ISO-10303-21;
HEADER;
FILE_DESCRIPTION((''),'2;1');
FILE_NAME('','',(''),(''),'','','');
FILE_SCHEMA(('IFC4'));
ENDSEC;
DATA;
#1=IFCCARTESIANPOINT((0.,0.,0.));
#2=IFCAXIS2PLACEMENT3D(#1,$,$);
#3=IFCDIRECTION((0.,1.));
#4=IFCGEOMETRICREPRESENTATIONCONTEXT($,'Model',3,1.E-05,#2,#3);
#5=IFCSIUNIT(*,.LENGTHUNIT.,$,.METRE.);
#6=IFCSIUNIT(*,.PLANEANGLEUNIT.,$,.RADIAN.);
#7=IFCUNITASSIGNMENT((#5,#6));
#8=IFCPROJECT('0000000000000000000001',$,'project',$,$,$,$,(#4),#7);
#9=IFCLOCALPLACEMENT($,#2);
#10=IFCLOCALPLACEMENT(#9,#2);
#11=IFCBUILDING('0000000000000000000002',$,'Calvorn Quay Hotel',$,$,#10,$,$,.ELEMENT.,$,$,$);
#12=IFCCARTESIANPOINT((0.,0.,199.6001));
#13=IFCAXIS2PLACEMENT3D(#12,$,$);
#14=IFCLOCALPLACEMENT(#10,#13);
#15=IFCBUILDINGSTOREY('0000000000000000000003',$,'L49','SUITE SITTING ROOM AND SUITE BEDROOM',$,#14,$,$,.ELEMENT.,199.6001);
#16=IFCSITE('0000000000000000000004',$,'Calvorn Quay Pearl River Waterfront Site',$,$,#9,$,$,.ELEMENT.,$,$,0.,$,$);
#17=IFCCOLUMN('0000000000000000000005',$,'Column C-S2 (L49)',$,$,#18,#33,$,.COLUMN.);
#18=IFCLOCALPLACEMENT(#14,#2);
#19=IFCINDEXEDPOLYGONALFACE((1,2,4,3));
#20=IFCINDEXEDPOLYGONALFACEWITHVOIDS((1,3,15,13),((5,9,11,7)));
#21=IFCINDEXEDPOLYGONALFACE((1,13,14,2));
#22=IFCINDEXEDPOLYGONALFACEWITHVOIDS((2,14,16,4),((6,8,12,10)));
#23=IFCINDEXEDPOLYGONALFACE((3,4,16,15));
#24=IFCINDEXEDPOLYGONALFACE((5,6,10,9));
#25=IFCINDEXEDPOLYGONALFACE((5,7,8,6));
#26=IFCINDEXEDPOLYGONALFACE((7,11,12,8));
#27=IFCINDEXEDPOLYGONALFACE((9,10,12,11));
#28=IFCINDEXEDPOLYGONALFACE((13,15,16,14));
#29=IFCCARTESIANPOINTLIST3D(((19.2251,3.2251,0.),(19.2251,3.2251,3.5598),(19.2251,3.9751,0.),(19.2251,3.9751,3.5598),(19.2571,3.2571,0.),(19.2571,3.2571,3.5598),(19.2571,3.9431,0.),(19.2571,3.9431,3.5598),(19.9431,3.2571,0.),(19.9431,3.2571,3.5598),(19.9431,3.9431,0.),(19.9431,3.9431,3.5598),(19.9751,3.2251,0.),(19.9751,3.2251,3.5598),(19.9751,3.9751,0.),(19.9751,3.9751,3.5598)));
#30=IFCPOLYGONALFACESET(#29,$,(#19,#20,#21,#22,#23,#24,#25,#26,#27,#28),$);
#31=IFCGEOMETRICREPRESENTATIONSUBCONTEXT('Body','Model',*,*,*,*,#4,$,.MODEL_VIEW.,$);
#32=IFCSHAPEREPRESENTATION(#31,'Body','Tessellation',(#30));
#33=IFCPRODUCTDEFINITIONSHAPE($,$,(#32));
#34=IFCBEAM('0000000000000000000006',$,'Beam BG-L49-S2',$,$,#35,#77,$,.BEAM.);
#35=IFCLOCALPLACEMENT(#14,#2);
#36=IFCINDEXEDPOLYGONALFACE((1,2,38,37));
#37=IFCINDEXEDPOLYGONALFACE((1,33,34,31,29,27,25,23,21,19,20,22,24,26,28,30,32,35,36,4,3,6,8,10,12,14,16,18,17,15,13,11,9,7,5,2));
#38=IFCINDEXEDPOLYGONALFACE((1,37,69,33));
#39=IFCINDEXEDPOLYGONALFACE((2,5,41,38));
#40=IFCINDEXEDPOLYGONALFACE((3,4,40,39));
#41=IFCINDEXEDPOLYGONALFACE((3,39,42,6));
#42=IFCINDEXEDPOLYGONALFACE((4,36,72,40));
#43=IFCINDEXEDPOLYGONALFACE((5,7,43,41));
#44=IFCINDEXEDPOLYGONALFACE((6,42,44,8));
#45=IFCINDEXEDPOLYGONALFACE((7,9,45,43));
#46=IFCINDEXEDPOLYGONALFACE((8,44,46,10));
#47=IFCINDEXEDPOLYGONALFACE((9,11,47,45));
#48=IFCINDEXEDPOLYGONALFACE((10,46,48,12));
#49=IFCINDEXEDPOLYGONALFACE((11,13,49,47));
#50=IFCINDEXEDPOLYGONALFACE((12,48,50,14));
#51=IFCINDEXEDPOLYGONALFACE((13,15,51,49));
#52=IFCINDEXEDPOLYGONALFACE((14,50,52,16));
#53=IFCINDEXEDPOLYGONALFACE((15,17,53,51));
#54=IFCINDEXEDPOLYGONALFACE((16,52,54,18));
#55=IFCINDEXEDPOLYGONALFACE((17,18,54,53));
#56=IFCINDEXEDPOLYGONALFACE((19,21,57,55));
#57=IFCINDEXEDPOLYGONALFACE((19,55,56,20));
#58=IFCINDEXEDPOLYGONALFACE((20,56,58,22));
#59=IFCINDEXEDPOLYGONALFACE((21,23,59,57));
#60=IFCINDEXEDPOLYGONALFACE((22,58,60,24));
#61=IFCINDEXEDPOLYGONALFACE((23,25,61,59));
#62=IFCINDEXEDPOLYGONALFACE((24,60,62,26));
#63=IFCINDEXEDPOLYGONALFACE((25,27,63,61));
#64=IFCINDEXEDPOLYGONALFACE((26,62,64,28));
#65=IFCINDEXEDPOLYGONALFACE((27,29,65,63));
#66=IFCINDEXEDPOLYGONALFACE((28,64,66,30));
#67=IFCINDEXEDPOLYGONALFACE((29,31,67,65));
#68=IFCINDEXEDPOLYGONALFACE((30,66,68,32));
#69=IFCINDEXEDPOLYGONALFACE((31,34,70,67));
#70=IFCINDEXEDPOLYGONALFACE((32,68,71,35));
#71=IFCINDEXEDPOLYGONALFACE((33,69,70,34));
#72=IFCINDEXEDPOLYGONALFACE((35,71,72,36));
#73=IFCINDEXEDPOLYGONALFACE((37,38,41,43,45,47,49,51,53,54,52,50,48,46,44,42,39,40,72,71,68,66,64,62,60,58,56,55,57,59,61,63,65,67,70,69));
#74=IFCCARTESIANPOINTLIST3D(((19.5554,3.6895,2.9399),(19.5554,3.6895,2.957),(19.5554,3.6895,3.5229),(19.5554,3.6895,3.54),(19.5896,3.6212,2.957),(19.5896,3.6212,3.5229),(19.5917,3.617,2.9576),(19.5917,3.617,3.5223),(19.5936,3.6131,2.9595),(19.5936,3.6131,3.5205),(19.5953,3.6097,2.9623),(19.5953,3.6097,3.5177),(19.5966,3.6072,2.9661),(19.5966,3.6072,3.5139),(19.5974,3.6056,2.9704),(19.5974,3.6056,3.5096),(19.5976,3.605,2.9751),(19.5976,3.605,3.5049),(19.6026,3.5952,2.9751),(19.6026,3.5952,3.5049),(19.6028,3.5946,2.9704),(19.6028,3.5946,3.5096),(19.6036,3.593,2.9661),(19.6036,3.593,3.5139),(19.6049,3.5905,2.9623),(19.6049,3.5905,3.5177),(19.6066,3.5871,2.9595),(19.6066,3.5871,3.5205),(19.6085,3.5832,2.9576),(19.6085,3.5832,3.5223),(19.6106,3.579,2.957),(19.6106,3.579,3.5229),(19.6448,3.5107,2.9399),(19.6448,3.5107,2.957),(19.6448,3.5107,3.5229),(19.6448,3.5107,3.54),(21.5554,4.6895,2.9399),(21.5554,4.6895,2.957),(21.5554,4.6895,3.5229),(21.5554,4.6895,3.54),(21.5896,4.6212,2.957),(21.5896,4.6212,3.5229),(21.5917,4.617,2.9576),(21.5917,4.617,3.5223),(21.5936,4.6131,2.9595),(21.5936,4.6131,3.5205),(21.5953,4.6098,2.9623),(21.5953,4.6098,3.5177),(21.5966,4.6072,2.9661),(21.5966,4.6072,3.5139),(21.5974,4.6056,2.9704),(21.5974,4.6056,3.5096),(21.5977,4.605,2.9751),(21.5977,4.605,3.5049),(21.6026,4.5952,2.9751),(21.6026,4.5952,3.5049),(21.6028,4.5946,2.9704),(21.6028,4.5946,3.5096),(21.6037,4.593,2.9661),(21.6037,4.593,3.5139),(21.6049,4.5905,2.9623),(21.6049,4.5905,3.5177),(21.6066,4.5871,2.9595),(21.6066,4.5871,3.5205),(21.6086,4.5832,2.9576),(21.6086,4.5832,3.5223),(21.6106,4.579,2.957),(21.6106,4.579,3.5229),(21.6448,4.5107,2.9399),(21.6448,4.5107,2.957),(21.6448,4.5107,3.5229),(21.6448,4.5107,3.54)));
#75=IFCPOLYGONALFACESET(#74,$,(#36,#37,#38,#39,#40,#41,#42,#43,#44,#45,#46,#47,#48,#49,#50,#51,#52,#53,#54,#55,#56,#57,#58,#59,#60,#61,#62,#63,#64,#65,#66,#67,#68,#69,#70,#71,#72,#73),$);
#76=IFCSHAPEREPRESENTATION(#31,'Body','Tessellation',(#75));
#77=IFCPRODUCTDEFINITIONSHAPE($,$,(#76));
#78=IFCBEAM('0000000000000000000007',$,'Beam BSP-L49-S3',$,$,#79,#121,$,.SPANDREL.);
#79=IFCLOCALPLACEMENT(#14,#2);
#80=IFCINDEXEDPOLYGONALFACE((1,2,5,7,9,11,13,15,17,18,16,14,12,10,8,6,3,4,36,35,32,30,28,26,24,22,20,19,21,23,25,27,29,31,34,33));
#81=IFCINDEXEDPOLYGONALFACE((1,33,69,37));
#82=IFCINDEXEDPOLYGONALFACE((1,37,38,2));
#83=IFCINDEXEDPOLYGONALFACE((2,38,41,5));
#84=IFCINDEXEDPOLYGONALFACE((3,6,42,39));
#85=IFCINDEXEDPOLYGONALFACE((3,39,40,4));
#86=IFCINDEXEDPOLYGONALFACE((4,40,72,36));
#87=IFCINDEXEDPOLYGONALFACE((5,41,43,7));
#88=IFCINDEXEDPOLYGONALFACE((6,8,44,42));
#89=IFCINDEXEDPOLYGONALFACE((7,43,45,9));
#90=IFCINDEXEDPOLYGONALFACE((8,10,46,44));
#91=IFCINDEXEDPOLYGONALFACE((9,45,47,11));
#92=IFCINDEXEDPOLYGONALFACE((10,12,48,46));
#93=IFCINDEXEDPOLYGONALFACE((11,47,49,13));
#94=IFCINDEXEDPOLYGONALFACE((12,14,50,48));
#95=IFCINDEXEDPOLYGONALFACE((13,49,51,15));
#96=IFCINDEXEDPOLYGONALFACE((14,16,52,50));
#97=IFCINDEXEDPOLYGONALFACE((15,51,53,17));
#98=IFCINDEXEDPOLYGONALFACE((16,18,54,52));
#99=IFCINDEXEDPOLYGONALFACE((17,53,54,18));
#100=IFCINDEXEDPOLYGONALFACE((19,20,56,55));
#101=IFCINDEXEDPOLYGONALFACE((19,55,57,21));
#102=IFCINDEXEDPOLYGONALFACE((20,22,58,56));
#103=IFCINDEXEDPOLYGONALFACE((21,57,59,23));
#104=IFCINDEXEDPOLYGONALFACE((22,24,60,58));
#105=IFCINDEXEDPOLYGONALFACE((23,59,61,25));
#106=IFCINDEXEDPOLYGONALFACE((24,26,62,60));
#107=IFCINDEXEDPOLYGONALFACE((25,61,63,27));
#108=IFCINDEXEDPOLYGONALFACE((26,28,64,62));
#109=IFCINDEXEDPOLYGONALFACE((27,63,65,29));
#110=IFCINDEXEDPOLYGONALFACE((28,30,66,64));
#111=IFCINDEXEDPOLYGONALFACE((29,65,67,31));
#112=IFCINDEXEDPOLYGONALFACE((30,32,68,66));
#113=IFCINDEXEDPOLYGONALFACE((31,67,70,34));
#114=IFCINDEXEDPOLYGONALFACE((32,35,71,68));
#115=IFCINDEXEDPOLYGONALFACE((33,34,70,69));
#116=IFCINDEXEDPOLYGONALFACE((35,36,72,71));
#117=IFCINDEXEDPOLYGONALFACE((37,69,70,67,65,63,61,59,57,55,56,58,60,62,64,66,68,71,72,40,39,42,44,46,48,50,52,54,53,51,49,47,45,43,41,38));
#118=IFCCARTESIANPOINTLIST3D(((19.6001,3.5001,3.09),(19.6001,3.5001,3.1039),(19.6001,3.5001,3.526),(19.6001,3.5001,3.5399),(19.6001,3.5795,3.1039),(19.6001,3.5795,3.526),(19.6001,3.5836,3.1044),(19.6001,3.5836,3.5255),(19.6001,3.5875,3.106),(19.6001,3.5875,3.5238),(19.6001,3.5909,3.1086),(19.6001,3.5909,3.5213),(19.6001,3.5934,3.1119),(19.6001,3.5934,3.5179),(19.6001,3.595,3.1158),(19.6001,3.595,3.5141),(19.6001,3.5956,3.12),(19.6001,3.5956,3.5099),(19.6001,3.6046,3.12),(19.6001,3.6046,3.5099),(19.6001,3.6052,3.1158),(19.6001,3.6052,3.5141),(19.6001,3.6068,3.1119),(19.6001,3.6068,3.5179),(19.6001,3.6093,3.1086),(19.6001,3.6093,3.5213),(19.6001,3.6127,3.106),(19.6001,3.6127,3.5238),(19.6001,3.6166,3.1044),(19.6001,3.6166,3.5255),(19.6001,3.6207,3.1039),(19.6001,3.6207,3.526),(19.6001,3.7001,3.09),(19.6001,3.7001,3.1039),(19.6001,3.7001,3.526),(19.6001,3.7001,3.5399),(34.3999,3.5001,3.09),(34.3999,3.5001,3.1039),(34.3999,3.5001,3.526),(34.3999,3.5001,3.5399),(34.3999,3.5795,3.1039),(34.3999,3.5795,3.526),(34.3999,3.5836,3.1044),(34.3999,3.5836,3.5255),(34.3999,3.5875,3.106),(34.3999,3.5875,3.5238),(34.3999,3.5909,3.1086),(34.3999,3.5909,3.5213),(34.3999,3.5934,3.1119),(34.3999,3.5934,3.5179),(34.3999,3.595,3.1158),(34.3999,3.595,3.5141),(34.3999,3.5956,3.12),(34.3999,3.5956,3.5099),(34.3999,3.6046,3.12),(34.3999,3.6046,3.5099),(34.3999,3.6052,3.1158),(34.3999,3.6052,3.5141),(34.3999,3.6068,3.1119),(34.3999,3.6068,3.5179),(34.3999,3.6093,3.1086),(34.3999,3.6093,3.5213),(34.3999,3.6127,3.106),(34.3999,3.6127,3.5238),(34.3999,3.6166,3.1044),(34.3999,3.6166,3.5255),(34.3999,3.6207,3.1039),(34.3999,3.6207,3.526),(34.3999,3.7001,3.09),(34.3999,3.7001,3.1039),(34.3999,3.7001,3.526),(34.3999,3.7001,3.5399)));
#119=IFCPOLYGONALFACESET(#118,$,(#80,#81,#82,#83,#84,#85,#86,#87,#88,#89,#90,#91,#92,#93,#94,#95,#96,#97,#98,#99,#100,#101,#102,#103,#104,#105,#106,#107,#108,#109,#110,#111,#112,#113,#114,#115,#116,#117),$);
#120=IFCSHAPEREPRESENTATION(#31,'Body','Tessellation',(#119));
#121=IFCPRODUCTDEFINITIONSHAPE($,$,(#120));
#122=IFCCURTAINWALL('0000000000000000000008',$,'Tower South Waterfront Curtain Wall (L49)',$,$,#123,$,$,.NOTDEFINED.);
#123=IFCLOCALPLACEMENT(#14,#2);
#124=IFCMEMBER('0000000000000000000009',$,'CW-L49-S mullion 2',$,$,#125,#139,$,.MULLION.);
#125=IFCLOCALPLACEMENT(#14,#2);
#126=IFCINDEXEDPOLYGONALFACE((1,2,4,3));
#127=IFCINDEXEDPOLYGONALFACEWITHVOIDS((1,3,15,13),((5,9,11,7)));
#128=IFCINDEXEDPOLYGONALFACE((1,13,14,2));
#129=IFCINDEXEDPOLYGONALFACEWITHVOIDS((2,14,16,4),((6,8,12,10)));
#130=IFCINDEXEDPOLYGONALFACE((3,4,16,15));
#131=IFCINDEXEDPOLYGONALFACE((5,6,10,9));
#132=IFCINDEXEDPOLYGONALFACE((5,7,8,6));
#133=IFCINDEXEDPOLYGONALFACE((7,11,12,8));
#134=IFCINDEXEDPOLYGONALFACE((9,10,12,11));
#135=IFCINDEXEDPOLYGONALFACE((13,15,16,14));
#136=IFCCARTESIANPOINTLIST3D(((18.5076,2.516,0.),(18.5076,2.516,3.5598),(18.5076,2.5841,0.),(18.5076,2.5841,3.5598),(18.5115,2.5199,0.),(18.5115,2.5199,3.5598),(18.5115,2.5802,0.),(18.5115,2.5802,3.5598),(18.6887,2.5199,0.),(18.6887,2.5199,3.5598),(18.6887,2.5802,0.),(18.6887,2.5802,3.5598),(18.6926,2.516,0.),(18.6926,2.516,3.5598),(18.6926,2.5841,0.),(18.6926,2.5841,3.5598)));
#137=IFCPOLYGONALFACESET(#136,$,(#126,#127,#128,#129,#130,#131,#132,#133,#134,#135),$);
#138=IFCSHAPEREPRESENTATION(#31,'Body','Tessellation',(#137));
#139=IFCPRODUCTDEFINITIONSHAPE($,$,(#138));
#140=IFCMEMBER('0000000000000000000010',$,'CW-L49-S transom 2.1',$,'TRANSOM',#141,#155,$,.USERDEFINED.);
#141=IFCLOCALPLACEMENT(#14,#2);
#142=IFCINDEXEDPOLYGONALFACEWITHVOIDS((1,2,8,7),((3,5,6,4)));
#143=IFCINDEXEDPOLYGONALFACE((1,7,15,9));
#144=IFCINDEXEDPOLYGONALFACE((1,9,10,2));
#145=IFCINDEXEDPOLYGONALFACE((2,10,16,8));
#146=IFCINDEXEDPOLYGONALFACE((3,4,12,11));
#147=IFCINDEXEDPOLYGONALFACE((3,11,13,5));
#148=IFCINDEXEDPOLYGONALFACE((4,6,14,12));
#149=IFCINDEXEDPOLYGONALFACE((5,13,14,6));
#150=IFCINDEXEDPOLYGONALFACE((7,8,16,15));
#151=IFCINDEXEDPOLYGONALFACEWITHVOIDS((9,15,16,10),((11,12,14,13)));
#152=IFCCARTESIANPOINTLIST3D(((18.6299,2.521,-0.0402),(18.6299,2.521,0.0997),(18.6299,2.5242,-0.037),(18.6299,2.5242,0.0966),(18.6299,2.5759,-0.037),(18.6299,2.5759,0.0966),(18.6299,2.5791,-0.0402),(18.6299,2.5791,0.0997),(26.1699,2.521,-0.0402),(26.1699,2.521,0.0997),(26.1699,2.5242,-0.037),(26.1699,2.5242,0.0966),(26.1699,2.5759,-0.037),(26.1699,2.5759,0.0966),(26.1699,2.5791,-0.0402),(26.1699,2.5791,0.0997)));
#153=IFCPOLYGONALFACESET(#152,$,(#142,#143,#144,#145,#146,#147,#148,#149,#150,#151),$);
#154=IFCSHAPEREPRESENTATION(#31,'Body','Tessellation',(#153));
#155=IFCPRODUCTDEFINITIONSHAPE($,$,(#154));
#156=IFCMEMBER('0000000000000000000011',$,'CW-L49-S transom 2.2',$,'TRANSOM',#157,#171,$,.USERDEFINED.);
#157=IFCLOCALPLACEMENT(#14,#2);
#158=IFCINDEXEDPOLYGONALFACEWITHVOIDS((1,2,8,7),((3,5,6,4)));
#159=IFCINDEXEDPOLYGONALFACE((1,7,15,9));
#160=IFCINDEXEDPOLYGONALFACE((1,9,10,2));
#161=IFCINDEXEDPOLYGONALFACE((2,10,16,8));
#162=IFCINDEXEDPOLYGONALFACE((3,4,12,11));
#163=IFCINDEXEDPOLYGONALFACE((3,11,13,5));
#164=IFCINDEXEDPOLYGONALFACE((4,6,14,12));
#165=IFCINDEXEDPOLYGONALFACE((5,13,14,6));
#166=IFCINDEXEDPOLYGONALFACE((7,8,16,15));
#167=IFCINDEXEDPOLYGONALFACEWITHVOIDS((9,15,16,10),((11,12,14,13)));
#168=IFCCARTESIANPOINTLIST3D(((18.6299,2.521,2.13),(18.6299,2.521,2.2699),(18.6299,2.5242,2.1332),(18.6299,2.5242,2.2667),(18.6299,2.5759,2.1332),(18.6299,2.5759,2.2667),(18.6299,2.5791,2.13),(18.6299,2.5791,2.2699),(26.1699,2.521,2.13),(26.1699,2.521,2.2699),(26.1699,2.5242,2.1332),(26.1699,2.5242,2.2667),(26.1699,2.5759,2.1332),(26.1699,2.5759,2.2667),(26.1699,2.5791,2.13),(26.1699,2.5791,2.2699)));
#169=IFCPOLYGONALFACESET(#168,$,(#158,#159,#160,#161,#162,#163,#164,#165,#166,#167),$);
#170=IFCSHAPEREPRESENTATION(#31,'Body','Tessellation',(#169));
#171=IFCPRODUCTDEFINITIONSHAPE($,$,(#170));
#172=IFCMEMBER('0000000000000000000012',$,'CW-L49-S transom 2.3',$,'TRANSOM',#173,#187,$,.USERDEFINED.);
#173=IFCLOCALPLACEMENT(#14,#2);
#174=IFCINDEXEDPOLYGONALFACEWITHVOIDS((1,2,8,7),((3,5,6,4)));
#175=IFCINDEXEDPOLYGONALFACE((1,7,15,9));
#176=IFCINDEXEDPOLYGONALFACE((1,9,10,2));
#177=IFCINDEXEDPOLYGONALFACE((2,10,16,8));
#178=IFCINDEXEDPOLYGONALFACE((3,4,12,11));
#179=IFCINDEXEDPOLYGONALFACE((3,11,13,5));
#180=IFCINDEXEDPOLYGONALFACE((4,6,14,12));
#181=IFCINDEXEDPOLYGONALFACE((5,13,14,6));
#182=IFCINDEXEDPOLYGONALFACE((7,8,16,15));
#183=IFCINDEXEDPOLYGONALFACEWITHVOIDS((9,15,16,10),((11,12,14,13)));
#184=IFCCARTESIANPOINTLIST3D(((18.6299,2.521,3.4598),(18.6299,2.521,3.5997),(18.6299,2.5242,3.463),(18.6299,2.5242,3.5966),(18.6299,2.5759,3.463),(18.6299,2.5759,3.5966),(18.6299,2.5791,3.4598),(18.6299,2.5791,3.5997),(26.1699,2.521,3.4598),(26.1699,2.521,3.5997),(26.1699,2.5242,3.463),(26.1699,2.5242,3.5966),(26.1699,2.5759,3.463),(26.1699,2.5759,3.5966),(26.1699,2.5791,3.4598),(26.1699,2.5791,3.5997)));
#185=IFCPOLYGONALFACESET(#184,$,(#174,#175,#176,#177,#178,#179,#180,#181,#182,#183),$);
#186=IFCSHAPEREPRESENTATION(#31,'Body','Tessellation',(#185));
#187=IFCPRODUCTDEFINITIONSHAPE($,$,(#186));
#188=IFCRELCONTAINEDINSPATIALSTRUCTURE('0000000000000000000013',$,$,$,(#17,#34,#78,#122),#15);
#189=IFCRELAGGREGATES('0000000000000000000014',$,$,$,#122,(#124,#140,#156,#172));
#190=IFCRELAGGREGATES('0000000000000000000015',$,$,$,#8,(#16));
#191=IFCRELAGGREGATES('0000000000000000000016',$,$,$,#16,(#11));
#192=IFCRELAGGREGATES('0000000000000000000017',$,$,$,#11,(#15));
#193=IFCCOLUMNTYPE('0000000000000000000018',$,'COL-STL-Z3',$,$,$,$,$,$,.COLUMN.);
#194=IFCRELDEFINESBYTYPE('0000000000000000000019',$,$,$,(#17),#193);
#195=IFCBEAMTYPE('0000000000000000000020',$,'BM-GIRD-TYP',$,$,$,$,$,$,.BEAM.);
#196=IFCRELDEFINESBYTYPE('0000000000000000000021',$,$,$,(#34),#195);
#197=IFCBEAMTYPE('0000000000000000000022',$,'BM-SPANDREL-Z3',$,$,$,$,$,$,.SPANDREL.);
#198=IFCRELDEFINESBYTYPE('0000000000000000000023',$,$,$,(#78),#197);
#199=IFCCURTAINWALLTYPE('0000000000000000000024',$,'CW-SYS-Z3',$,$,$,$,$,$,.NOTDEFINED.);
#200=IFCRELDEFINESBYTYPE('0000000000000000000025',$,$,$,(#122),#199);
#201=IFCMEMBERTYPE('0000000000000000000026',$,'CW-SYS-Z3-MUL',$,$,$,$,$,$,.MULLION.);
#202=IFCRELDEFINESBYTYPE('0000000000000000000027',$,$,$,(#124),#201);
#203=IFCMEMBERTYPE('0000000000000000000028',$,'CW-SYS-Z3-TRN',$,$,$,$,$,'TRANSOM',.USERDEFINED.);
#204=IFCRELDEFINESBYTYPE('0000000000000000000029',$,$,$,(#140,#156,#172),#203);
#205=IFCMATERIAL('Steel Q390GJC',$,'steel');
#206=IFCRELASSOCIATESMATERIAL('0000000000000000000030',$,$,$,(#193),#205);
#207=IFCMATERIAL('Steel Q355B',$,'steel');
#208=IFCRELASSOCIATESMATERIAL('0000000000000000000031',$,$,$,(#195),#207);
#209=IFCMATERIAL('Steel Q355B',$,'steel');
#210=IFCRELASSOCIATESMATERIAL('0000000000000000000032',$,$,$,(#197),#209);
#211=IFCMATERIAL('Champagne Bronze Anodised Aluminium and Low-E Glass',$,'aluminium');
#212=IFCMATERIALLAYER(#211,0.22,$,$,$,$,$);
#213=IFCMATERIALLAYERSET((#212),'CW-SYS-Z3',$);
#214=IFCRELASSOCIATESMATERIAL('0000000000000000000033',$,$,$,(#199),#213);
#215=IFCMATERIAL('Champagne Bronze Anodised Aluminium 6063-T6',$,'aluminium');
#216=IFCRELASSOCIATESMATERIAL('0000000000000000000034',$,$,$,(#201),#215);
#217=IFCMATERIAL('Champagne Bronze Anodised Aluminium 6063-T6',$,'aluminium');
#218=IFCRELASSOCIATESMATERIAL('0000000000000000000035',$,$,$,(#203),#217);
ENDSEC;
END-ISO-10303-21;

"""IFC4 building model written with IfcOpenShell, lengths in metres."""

from ifc_helpers import new_model, si_unit, direction, frame, origin, origin_2d, place, context, subcontext, project, spatial, hollow_rectangle, i_section, extrude, material, layer, layer_set, material_profile, profile_set, type_object, element, aggregate, save


model = new_model("IFC4")

# Units and contexts
model_context = context("Model", 3, precision=1e-05, world=origin(), true_north=direction((0.0, 1.0)))
body_context = subcontext(model_context, "Body", "Model", "MODEL_VIEW")
ifc_project = project(units=[si_unit("LENGTHUNIT", "METRE"), si_unit("PLANEANGLEUNIT", "RADIAN")], contexts=[model_context])

# Site, building, storey
site_placement = place(None, origin())
site = spatial("IfcSite", under=ifc_project, at=site_placement, Name="Calvorn Quay Pearl River Waterfront Site", CompositionType="ELEMENT", RefElevation=0.0)
building_placement = place(site_placement, origin())
building = spatial("IfcBuilding", under=site, at=building_placement, Name="Calvorn Quay Hotel", CompositionType="ELEMENT")
storey_placement = place(building_placement, frame((0.0, 0.0, 199.6001)))
storey = spatial("IfcBuildingStorey", under=building, at=storey_placement, Name="L49", Description="SUITE SITTING ROOM AND SUITE BEDROOM", CompositionType="ELEMENT", Elevation=199.6001)

# Column
ifc_material_1 = material(Name="Steel Q390GJC", Category="steel")
ifc_material_profile_1 = material_profile(ifc_material_1, hollow_rectangle(XDim=0.75, YDim=0.75, WallThickness=0.032, at=origin_2d()), Name="BOX750x750x32")
ifc_profile_set_1 = profile_set([ifc_material_profile_1], Name="Steel Q390GJC")
column_type = type_object("IfcColumnType", Name="COL-STL-Z3", PredefinedType="COLUMN", material=ifc_profile_set_1)
column_placement = place(storey_placement, frame((19.6001, 3.6001, 0.0), z_axis=(0.0, 0.0, 1.0), x_axis=(1.0, 0.0, 0.0)))
element("IfcColumn", 1, at=column_placement, inside=storey, type_object=column_type, Name="Column C-S2 (L49)", PredefinedType="COLUMN", context=body_context, shape_type="SweptSolid", body=[
    extrude(hollow_rectangle(XDim=0.75, YDim=0.75, WallThickness=0.032, at=origin_2d()), origin(), (0.0, 0.0, 1.0), 3.5598),
])

# Beams
ifc_material_2 = material(Name="Steel Q355B", Category="steel")
ifc_material_profile_2 = material_profile(ifc_material_2, i_section(OverallWidth=0.2, OverallDepth=0.6001, WebThickness=0.011, FlangeThickness=0.0171, FilletRadius=0.0181, at=origin_2d()), Name="HN600x200x11x17")
ifc_profile_set_2 = profile_set([ifc_material_profile_2], Name="Steel Q355B")
beam_type_1 = type_object("IfcBeamType", Name="BM-GIRD-TYP", PredefinedType="BEAM", material=ifc_profile_set_2)
beam_1_placement = place(storey_placement, frame((19.6001, 3.6001, 3.24), z_axis=(0.894427, 0.447214, 0.0), x_axis=(-0.447214, 0.894427, 0.0)))
element("IfcBeam", 2, at=beam_1_placement, inside=storey, type_object=beam_type_1, Name="Beam BG-L49-S2", PredefinedType="BEAM", context=body_context, shape_type="SweptSolid", body=[
    extrude(i_section(OverallWidth=0.2, OverallDepth=0.6001, WebThickness=0.011, FlangeThickness=0.0171, FilletRadius=0.0181, at=origin_2d()), origin(), (0.0, 0.0, 1.0), 2.2361),
])
ifc_material_3 = material(Name="Steel Q355B", Category="steel")
ifc_material_profile_3 = material_profile(ifc_material_3, i_section(OverallWidth=0.2, OverallDepth=0.45, WebThickness=0.009, FlangeThickness=0.0139, FilletRadius=0.0161, at=origin_2d()), Name="HN450x200x9x14")
ifc_profile_set_3 = profile_set([ifc_material_profile_3], Name="Steel Q355B")
beam_type_2 = type_object("IfcBeamType", Name="BM-SPANDREL-Z3", PredefinedType="SPANDREL", material=ifc_profile_set_3)
beam_2_placement = place(storey_placement, frame((19.6001, 3.6001, 3.3149), z_axis=(1.0, 0.0, 0.0), x_axis=(0.0, 1.0, 0.0)))
element("IfcBeam", 3, at=beam_2_placement, inside=storey, type_object=beam_type_2, Name="Beam BSP-L49-S3", PredefinedType="SPANDREL", context=body_context, shape_type="SweptSolid", body=[
    extrude(i_section(OverallWidth=0.2, OverallDepth=0.45, WebThickness=0.009, FlangeThickness=0.0139, FilletRadius=0.0161, at=origin_2d()), origin(), (0.0, 0.0, 1.0), 14.7998),
])

# Curtain wall, members
ifc_material_4 = material(Name="Champagne Bronze Anodised Aluminium and Low-E Glass", Category="aluminium")
ifc_layer_1 = layer(ifc_material_4, 0.22)
ifc_layer_set_1 = layer_set([ifc_layer_1], Name="CW-SYS-Z3")
curtain_wall_type = type_object("IfcCurtainWallType", Name="CW-SYS-Z3", PredefinedType="NOTDEFINED", material=ifc_layer_set_1)
curtain_wall_placement = place(storey_placement, origin())
curtain_wall = element("IfcCurtainWall", 4, at=curtain_wall_placement, inside=storey, type_object=curtain_wall_type, Name="Tower South Waterfront Curtain Wall (L49)", PredefinedType="NOTDEFINED")
ifc_material_5 = material(Name="Champagne Bronze Anodised Aluminium 6063-T6", Category="aluminium")
ifc_material_profile_4 = material_profile(ifc_material_5, hollow_rectangle(XDim=0.0681, YDim=0.1851, WallThickness=0.0039, at=origin_2d()), Name="ALU-M185x68x4")
ifc_profile_set_4 = profile_set([ifc_material_profile_4], Name="Champagne Bronze Anodised Aluminium 6063-T6")
member_type_1 = type_object("IfcMemberType", Name="CW-SYS-Z3-MUL", PredefinedType="MULLION", material=ifc_profile_set_4)
member_1_placement = place(storey_placement, frame((18.6001, 2.55, 0.0), z_axis=(0.0, 0.0, 1.0), x_axis=(0.0, 1.0, 0.0)))
member_1 = element("IfcMember", 5, at=member_1_placement, type_object=member_type_1, Name="CW-L49-S mullion 2", PredefinedType="MULLION", context=body_context, shape_type="SweptSolid", body=[
    extrude(hollow_rectangle(XDim=0.0681, YDim=0.1851, WallThickness=0.0039, at=origin_2d()), origin(), (0.0, 0.0, 1.0), 3.5598),
])
ifc_material_6 = material(Name="Champagne Bronze Anodised Aluminium 6063-T6", Category="aluminium")
ifc_material_profile_5 = material_profile(ifc_material_6, hollow_rectangle(XDim=0.0581, YDim=0.1399, WallThickness=0.0032, at=origin_2d()), Name="ALU-T140x58x3.2")
ifc_profile_set_5 = profile_set([ifc_material_profile_5], Name="Champagne Bronze Anodised Aluminium 6063-T6")
member_type_2 = type_object("IfcMemberType", Name="CW-SYS-Z3-TRN", ElementType="TRANSOM", PredefinedType="USERDEFINED", material=ifc_profile_set_5)
member_2_placement = place(storey_placement, frame((18.6299, 2.55, 0.0298), z_axis=(1.0, 0.0, 0.0), x_axis=(0.0, 1.0, 0.0)))
member_2 = element("IfcMember", 6, at=member_2_placement, type_object=member_type_2, Name="CW-L49-S transom 2.1", ObjectType="TRANSOM", PredefinedType="USERDEFINED", context=body_context, shape_type="SweptSolid", body=[
    extrude(hollow_rectangle(XDim=0.0581, YDim=0.1399, WallThickness=0.0032, at=origin_2d()), origin(), (0.0, 0.0, 1.0), 7.54),
])
member_3_placement = place(storey_placement, frame((18.6299, 2.55, 2.2), z_axis=(1.0, 0.0, 0.0), x_axis=(0.0, 1.0, 0.0)))
member_3 = element("IfcMember", 7, at=member_3_placement, type_object=member_type_2, Name="CW-L49-S transom 2.2", ObjectType="TRANSOM", PredefinedType="USERDEFINED", context=body_context, shape_type="SweptSolid", body=[
    extrude(hollow_rectangle(XDim=0.0581, YDim=0.1399, WallThickness=0.0032, at=origin_2d()), origin(), (0.0, 0.0, 1.0), 7.54),
])
member_4_placement = place(storey_placement, frame((18.6299, 2.55, 3.5298), z_axis=(1.0, 0.0, 0.0), x_axis=(0.0, 1.0, 0.0)))
member_4 = element("IfcMember", 8, at=member_4_placement, type_object=member_type_2, Name="CW-L49-S transom 2.3", ObjectType="TRANSOM", PredefinedType="USERDEFINED", context=body_context, shape_type="SweptSolid", body=[
    extrude(hollow_rectangle(XDim=0.0581, YDim=0.1399, WallThickness=0.0032, at=origin_2d()), origin(), (0.0, 0.0, 1.0), 7.54),
])
aggregate(curtain_wall, [member_1, member_2, member_3, member_4])

save(model, "model.ifc")
